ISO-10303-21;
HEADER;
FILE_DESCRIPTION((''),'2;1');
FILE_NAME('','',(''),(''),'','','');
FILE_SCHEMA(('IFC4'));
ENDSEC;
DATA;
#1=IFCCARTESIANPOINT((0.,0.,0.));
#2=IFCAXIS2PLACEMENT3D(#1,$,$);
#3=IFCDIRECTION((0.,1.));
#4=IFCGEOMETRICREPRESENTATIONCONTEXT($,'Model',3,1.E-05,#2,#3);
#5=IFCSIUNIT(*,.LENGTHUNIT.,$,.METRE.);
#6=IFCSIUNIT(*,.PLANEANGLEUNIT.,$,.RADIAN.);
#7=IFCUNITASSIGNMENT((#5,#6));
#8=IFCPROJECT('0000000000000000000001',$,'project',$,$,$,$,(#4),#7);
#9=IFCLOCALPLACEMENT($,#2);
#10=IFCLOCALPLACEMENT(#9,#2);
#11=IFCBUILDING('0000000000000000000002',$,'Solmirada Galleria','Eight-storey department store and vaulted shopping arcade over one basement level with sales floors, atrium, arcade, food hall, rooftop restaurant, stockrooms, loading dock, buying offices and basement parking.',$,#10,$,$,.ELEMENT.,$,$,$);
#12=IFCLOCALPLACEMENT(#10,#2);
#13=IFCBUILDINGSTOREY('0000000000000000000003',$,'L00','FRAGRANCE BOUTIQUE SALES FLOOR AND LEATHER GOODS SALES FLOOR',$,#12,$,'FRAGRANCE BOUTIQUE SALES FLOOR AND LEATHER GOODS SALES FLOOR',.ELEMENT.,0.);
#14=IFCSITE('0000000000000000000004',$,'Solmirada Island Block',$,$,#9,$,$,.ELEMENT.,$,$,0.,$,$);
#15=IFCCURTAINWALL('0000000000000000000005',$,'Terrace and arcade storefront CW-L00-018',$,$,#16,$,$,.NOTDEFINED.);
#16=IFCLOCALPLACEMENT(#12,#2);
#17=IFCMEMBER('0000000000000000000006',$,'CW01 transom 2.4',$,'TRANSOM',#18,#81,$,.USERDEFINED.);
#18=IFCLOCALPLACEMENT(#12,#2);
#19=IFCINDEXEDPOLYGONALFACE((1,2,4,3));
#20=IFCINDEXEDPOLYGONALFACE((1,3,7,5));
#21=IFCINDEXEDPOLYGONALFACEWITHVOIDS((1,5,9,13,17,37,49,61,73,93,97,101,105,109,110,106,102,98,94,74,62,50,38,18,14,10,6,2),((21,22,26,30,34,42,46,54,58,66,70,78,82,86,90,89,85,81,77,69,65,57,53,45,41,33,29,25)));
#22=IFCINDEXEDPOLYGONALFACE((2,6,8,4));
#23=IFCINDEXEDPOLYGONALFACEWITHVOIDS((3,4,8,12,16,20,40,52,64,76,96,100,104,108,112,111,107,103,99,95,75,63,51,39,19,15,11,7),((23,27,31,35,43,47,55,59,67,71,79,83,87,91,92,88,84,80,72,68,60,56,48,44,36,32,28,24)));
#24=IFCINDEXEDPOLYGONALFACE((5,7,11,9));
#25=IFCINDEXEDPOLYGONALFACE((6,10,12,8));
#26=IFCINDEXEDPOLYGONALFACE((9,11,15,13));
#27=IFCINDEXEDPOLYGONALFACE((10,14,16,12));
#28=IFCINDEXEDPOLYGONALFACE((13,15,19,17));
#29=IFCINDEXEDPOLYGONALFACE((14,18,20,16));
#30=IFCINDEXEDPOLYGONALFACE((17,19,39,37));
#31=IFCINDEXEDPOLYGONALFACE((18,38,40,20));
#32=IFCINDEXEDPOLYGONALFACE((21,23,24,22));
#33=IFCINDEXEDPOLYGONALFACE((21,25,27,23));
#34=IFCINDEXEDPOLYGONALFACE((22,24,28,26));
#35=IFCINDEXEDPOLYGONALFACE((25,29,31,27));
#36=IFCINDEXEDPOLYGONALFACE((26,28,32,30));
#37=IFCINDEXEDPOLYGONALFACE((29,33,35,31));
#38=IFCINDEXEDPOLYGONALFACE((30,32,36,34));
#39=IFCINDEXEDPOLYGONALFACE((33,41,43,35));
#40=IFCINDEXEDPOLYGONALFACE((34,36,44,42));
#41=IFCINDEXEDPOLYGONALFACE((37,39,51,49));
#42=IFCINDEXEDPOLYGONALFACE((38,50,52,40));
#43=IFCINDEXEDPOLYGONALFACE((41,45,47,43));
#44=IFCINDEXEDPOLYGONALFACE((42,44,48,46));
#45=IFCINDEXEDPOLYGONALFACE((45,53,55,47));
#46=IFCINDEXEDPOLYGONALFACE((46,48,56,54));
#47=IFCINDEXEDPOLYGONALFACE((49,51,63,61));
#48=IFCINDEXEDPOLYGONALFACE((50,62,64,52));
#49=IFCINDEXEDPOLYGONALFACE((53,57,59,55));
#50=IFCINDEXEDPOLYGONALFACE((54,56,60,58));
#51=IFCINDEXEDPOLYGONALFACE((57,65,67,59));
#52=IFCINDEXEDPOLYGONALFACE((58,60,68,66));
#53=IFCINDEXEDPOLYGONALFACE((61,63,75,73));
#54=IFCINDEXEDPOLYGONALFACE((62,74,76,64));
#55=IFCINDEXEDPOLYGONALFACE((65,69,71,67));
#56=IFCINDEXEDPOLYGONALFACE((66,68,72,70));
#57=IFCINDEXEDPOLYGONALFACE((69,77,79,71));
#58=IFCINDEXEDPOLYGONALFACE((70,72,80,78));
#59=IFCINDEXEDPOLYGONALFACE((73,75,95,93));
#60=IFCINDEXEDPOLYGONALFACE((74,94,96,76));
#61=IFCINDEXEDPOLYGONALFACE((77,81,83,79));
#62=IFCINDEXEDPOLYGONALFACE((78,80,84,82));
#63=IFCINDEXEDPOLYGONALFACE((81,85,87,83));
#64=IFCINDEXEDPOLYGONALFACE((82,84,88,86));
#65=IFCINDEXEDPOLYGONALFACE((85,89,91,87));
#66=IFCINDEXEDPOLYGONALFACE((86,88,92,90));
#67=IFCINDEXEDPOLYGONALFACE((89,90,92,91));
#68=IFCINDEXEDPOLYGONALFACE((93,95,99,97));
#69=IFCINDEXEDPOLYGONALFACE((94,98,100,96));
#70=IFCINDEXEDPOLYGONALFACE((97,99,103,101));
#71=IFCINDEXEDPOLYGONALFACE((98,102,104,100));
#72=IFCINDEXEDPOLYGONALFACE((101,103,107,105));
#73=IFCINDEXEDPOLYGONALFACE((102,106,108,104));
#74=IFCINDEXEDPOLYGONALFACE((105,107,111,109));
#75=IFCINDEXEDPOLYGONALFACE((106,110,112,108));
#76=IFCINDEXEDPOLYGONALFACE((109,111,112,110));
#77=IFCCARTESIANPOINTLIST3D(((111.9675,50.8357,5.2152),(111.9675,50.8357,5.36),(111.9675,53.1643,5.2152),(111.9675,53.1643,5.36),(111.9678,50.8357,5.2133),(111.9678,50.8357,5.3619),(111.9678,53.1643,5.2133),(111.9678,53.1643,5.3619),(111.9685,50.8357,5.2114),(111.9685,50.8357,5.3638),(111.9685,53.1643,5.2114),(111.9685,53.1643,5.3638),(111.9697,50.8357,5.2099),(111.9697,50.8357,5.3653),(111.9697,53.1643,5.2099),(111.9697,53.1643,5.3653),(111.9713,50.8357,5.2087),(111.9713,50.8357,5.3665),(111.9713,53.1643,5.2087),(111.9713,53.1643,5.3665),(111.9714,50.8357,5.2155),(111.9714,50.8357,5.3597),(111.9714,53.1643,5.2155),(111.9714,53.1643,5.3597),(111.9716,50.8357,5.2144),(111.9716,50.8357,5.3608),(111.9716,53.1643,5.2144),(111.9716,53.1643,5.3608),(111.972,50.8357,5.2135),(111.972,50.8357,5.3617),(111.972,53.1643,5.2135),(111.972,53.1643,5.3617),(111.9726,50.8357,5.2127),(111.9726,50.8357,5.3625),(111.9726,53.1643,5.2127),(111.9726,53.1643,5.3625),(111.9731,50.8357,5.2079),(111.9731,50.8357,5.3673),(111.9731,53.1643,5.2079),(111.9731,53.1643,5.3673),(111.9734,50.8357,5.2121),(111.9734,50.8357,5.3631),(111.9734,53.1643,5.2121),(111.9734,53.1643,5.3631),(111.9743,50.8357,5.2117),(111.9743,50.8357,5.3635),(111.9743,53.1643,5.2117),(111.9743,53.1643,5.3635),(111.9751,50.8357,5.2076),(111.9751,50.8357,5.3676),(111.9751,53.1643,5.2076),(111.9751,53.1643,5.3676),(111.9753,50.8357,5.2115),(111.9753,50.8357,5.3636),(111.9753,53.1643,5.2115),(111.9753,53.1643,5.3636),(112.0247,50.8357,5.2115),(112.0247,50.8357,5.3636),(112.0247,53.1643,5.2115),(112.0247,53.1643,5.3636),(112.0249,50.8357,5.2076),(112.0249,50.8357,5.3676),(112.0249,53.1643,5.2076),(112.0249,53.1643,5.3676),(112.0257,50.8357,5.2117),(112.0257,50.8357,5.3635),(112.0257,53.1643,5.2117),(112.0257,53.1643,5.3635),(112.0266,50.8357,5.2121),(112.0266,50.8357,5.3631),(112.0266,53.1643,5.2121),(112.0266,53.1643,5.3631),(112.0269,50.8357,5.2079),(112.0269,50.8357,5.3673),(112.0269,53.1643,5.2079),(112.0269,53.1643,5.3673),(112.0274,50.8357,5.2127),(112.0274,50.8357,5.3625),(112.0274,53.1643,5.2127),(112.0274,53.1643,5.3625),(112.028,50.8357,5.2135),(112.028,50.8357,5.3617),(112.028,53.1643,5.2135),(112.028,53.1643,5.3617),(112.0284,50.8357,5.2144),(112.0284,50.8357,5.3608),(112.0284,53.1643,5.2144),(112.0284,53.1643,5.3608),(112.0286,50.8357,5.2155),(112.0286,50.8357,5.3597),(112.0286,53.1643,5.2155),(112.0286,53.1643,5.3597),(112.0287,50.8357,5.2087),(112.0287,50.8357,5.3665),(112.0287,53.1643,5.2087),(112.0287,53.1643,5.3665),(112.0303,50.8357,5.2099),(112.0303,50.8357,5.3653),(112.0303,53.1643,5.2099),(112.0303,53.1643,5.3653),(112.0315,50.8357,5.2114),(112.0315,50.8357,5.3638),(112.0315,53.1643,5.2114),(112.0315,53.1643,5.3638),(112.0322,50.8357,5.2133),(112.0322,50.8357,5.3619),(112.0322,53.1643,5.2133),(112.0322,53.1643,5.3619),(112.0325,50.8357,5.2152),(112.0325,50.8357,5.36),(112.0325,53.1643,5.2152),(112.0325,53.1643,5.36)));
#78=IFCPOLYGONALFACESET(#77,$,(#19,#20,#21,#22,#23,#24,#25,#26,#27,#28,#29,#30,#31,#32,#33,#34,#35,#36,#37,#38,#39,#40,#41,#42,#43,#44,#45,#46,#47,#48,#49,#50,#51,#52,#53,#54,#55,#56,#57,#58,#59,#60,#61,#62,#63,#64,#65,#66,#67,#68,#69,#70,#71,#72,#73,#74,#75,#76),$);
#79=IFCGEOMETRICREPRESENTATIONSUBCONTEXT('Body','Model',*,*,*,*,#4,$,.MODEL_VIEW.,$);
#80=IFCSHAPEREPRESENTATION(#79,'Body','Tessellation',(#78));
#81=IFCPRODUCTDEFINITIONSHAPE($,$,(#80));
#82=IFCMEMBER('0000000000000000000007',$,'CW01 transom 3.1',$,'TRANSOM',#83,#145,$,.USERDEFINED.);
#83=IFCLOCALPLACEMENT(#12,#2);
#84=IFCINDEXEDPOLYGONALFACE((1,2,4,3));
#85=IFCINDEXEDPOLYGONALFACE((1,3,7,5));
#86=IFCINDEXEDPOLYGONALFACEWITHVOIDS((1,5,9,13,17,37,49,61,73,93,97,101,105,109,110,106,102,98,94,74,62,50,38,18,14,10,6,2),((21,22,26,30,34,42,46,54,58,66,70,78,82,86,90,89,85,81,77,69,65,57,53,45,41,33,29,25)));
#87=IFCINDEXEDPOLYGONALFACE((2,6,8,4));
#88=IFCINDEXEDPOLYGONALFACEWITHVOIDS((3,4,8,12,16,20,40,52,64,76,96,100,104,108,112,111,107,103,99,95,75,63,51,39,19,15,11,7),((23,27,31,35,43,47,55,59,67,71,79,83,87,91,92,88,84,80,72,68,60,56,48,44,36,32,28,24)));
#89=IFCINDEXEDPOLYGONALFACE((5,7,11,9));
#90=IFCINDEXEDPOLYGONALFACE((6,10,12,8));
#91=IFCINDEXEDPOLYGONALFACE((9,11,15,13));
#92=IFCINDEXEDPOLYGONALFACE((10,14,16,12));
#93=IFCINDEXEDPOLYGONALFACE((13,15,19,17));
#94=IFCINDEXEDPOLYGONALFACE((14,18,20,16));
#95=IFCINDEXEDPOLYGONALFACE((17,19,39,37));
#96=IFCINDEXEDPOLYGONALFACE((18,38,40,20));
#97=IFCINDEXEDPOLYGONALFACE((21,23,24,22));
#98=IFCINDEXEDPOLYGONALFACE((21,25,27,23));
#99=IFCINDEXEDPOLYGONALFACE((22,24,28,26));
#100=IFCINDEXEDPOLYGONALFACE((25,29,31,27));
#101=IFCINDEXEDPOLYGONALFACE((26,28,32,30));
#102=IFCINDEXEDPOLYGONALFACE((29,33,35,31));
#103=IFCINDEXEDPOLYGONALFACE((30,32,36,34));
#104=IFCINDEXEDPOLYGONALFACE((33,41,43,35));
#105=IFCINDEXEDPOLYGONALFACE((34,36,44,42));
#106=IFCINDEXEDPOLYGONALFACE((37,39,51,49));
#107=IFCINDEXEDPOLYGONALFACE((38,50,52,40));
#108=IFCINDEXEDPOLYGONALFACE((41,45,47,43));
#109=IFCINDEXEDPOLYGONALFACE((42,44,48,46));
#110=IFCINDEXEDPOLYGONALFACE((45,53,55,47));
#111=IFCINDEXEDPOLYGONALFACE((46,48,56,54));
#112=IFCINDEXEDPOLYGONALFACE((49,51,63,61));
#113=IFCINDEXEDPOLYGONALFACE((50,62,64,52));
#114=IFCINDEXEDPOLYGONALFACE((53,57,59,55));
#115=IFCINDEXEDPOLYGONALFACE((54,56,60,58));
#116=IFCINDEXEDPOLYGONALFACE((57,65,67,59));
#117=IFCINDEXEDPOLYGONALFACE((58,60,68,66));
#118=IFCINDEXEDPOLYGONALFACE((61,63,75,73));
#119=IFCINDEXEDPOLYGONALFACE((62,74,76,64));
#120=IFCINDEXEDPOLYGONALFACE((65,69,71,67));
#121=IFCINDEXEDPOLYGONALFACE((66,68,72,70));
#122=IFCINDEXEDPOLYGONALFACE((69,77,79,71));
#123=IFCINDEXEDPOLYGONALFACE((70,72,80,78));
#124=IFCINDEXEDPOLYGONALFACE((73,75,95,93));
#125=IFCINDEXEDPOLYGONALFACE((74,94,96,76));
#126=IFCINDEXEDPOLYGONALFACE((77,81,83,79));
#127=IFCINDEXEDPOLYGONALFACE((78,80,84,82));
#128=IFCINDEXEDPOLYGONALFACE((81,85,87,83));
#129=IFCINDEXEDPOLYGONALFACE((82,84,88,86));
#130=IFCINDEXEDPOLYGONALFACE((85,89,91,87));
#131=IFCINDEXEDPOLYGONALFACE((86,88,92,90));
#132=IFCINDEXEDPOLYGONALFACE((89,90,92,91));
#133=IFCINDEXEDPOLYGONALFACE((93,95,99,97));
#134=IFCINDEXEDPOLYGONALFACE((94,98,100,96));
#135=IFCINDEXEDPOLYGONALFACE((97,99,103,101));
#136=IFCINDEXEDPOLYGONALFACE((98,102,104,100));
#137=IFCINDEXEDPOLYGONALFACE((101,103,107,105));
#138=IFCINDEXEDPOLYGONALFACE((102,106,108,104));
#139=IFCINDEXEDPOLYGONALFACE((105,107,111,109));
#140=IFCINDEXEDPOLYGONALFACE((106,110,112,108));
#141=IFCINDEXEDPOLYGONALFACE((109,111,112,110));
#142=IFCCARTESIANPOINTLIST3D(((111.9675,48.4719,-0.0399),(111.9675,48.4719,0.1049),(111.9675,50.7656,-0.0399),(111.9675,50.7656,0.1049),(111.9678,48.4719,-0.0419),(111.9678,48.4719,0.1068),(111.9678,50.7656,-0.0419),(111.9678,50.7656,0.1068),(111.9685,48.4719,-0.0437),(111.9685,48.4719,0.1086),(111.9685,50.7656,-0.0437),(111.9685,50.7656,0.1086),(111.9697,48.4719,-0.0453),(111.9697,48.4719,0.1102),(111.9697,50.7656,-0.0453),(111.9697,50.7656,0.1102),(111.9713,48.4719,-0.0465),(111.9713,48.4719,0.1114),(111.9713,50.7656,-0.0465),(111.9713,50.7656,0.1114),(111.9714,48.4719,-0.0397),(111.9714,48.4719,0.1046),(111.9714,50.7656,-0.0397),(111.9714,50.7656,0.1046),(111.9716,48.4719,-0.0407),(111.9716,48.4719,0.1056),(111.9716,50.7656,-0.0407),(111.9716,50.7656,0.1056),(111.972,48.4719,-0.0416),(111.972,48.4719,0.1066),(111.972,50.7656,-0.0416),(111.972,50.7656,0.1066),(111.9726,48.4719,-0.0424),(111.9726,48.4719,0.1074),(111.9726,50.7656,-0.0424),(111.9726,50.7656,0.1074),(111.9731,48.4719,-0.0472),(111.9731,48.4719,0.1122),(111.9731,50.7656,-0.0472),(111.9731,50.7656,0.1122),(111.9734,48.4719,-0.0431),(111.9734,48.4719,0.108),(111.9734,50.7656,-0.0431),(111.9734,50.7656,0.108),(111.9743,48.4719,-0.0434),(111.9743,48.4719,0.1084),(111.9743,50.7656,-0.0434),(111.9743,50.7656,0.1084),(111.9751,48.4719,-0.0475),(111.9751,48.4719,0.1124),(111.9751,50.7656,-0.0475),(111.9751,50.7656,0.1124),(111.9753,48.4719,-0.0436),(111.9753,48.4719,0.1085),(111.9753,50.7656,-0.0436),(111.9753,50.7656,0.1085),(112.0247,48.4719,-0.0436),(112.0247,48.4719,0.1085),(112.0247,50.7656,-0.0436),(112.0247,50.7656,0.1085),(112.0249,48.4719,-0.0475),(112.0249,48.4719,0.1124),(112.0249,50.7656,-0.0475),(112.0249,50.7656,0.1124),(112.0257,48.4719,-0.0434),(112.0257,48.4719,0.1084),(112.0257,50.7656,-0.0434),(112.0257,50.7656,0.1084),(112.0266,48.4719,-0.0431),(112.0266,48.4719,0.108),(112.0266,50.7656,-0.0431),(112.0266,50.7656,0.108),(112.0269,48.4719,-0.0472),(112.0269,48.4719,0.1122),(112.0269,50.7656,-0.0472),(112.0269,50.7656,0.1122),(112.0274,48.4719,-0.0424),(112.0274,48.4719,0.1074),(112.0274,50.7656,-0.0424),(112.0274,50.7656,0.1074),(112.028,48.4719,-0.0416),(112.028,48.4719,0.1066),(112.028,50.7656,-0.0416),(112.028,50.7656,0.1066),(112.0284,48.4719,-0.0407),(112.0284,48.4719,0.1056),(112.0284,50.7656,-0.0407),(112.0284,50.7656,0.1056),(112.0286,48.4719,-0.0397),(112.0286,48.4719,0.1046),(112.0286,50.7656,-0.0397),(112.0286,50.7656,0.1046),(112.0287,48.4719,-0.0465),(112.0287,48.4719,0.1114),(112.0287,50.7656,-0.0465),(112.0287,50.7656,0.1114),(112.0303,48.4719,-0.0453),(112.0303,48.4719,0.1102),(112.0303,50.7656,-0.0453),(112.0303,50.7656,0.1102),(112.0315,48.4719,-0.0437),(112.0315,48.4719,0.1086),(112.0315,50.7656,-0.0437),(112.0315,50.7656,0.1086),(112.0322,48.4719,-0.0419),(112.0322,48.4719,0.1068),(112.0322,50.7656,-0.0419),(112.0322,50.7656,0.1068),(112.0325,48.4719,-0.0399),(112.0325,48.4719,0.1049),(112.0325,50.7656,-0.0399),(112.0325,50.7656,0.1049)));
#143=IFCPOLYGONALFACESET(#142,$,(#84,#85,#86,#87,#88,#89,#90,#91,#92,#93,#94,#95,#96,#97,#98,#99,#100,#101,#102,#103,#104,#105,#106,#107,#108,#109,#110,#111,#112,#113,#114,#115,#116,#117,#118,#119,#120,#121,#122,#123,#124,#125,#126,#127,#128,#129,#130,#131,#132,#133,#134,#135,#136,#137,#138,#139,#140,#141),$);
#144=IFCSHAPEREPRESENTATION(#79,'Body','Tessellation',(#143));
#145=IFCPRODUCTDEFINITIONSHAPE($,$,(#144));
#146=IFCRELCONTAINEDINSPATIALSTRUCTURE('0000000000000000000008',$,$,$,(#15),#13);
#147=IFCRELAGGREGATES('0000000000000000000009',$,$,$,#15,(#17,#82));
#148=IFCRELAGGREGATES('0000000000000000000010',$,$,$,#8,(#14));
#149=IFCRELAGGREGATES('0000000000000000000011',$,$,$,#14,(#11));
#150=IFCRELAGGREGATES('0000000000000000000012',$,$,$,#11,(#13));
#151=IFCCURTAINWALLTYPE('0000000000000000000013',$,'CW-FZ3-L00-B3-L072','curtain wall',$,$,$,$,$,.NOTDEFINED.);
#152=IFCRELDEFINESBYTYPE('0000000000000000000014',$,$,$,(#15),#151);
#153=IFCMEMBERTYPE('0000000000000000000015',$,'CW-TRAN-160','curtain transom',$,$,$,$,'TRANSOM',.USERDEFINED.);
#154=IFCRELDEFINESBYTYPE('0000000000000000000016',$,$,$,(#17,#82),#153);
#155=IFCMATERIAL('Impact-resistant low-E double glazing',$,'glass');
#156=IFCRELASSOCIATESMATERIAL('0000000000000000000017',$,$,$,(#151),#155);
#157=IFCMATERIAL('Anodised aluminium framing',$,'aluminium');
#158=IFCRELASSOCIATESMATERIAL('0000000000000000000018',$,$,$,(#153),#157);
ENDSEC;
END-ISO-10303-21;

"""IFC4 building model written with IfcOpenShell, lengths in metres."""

from ifc_helpers import new_model, si_unit, direction, frame, origin, origin_2d, place, context, subcontext, project, spatial, hollow_rectangle, extrude, material, material_profile, profile_set, type_object, element, aggregate, save


model = new_model("IFC4")

# Units and contexts
model_context = context("Model", 3, precision=1e-05, world=origin(), true_north=direction((0.0, 1.0)))
body_context = subcontext(model_context, "Body", "Model", "MODEL_VIEW")
ifc_project = project(units=[si_unit("LENGTHUNIT", "METRE"), si_unit("PLANEANGLEUNIT", "RADIAN")], contexts=[model_context])

# Site, building, storey
site_placement = place(None, origin())
site = spatial("IfcSite", under=ifc_project, at=site_placement, Name="Solmirada Island Block", CompositionType="ELEMENT", RefElevation=0.0)
building_placement = place(site_placement, origin())
building = spatial("IfcBuilding", under=site, at=building_placement, Name="Solmirada Galleria", Description="Eight-storey department store and vaulted shopping arcade over one basement level with sales floors, atrium, arcade, food hall, rooftop restaurant, stockrooms, loading dock, buying offices and basement parking.", CompositionType="ELEMENT")
storey_placement = place(building_placement, origin())
storey = spatial("IfcBuildingStorey", under=building, at=storey_placement, Name="L00", Description="FRAGRANCE BOUTIQUE SALES FLOOR AND LEATHER GOODS SALES FLOOR", LongName="FRAGRANCE BOUTIQUE SALES FLOOR AND LEATHER GOODS SALES FLOOR", CompositionType="ELEMENT", Elevation=0.0)

# Shared definitions
ifc_material_1 = material(Name="Impact-resistant low-E double glazing", Category="glass")
curtain_wall_type = type_object("IfcCurtainWallType", Name="CW-FZ3-L00-B3-L072", Description="curtain wall", PredefinedType="NOTDEFINED", material=ifc_material_1)
ifc_material_2 = material(Name="Anodised aluminium framing", Category="aluminium")

# Curtain wall, members
curtain_wall_1_placement = place(storey_placement, origin())
curtain_wall_1 = element("IfcCurtainWall", 1, at=curtain_wall_1_placement, inside=storey, type_object=curtain_wall_type, Name="Terrace and arcade storefront CW-L00-018", PredefinedType="NOTDEFINED")
ifc_material_profile_1 = material_profile(ifc_material_2, hollow_rectangle(XDim=0.0649, YDim=0.1599, WallThickness=0.0039, InnerFilletRadius=0.0039, OuterFilletRadius=0.0076, at=origin_2d()), Name="ALU-TRAN-160X65")
ifc_profile_set_1 = profile_set([ifc_material_profile_1], Name="Anodised aluminium framing")
member_type_1 = type_object("IfcMemberType", Name="CW-TRAN-160", Description="curtain transom", ElementType="TRANSOM", PredefinedType="USERDEFINED", material=ifc_profile_set_1)
member_1_placement = place(storey_placement, frame((112.0, 53.1643, 5.2876), z_axis=(0.0, -1.0, 0.0), x_axis=(1.0, 0.0, 0.0)))
member_1 = element("IfcMember", 2, at=member_1_placement, type_object=member_type_1, Name="CW01 transom 2.4", ObjectType="TRANSOM", PredefinedType="USERDEFINED", context=body_context, shape_type="SweptSolid", body=[
    extrude(hollow_rectangle(XDim=0.0649, YDim=0.1599, WallThickness=0.0039, InnerFilletRadius=0.0039, OuterFilletRadius=0.0076, at=origin_2d()), origin(), (0.0, 0.0, 1.0), 2.3286),
])
member_2_placement = place(storey_placement, frame((112.0, 50.7656, 0.0325), z_axis=(0.0, -1.0, 0.0), x_axis=(1.0, 0.0, 0.0)))
member_2 = element("IfcMember", 3, at=member_2_placement, type_object=member_type_1, Name="CW01 transom 3.1", ObjectType="TRANSOM", PredefinedType="USERDEFINED", context=body_context, shape_type="SweptSolid", body=[
    extrude(hollow_rectangle(XDim=0.0649, YDim=0.1599, WallThickness=0.0039, InnerFilletRadius=0.0039, OuterFilletRadius=0.0076, at=origin_2d()), origin(), (0.0, 0.0, 1.0), 2.2937),
])

aggregate(curtain_wall_1, [member_1, member_2])

save(model, "model.ifc")
